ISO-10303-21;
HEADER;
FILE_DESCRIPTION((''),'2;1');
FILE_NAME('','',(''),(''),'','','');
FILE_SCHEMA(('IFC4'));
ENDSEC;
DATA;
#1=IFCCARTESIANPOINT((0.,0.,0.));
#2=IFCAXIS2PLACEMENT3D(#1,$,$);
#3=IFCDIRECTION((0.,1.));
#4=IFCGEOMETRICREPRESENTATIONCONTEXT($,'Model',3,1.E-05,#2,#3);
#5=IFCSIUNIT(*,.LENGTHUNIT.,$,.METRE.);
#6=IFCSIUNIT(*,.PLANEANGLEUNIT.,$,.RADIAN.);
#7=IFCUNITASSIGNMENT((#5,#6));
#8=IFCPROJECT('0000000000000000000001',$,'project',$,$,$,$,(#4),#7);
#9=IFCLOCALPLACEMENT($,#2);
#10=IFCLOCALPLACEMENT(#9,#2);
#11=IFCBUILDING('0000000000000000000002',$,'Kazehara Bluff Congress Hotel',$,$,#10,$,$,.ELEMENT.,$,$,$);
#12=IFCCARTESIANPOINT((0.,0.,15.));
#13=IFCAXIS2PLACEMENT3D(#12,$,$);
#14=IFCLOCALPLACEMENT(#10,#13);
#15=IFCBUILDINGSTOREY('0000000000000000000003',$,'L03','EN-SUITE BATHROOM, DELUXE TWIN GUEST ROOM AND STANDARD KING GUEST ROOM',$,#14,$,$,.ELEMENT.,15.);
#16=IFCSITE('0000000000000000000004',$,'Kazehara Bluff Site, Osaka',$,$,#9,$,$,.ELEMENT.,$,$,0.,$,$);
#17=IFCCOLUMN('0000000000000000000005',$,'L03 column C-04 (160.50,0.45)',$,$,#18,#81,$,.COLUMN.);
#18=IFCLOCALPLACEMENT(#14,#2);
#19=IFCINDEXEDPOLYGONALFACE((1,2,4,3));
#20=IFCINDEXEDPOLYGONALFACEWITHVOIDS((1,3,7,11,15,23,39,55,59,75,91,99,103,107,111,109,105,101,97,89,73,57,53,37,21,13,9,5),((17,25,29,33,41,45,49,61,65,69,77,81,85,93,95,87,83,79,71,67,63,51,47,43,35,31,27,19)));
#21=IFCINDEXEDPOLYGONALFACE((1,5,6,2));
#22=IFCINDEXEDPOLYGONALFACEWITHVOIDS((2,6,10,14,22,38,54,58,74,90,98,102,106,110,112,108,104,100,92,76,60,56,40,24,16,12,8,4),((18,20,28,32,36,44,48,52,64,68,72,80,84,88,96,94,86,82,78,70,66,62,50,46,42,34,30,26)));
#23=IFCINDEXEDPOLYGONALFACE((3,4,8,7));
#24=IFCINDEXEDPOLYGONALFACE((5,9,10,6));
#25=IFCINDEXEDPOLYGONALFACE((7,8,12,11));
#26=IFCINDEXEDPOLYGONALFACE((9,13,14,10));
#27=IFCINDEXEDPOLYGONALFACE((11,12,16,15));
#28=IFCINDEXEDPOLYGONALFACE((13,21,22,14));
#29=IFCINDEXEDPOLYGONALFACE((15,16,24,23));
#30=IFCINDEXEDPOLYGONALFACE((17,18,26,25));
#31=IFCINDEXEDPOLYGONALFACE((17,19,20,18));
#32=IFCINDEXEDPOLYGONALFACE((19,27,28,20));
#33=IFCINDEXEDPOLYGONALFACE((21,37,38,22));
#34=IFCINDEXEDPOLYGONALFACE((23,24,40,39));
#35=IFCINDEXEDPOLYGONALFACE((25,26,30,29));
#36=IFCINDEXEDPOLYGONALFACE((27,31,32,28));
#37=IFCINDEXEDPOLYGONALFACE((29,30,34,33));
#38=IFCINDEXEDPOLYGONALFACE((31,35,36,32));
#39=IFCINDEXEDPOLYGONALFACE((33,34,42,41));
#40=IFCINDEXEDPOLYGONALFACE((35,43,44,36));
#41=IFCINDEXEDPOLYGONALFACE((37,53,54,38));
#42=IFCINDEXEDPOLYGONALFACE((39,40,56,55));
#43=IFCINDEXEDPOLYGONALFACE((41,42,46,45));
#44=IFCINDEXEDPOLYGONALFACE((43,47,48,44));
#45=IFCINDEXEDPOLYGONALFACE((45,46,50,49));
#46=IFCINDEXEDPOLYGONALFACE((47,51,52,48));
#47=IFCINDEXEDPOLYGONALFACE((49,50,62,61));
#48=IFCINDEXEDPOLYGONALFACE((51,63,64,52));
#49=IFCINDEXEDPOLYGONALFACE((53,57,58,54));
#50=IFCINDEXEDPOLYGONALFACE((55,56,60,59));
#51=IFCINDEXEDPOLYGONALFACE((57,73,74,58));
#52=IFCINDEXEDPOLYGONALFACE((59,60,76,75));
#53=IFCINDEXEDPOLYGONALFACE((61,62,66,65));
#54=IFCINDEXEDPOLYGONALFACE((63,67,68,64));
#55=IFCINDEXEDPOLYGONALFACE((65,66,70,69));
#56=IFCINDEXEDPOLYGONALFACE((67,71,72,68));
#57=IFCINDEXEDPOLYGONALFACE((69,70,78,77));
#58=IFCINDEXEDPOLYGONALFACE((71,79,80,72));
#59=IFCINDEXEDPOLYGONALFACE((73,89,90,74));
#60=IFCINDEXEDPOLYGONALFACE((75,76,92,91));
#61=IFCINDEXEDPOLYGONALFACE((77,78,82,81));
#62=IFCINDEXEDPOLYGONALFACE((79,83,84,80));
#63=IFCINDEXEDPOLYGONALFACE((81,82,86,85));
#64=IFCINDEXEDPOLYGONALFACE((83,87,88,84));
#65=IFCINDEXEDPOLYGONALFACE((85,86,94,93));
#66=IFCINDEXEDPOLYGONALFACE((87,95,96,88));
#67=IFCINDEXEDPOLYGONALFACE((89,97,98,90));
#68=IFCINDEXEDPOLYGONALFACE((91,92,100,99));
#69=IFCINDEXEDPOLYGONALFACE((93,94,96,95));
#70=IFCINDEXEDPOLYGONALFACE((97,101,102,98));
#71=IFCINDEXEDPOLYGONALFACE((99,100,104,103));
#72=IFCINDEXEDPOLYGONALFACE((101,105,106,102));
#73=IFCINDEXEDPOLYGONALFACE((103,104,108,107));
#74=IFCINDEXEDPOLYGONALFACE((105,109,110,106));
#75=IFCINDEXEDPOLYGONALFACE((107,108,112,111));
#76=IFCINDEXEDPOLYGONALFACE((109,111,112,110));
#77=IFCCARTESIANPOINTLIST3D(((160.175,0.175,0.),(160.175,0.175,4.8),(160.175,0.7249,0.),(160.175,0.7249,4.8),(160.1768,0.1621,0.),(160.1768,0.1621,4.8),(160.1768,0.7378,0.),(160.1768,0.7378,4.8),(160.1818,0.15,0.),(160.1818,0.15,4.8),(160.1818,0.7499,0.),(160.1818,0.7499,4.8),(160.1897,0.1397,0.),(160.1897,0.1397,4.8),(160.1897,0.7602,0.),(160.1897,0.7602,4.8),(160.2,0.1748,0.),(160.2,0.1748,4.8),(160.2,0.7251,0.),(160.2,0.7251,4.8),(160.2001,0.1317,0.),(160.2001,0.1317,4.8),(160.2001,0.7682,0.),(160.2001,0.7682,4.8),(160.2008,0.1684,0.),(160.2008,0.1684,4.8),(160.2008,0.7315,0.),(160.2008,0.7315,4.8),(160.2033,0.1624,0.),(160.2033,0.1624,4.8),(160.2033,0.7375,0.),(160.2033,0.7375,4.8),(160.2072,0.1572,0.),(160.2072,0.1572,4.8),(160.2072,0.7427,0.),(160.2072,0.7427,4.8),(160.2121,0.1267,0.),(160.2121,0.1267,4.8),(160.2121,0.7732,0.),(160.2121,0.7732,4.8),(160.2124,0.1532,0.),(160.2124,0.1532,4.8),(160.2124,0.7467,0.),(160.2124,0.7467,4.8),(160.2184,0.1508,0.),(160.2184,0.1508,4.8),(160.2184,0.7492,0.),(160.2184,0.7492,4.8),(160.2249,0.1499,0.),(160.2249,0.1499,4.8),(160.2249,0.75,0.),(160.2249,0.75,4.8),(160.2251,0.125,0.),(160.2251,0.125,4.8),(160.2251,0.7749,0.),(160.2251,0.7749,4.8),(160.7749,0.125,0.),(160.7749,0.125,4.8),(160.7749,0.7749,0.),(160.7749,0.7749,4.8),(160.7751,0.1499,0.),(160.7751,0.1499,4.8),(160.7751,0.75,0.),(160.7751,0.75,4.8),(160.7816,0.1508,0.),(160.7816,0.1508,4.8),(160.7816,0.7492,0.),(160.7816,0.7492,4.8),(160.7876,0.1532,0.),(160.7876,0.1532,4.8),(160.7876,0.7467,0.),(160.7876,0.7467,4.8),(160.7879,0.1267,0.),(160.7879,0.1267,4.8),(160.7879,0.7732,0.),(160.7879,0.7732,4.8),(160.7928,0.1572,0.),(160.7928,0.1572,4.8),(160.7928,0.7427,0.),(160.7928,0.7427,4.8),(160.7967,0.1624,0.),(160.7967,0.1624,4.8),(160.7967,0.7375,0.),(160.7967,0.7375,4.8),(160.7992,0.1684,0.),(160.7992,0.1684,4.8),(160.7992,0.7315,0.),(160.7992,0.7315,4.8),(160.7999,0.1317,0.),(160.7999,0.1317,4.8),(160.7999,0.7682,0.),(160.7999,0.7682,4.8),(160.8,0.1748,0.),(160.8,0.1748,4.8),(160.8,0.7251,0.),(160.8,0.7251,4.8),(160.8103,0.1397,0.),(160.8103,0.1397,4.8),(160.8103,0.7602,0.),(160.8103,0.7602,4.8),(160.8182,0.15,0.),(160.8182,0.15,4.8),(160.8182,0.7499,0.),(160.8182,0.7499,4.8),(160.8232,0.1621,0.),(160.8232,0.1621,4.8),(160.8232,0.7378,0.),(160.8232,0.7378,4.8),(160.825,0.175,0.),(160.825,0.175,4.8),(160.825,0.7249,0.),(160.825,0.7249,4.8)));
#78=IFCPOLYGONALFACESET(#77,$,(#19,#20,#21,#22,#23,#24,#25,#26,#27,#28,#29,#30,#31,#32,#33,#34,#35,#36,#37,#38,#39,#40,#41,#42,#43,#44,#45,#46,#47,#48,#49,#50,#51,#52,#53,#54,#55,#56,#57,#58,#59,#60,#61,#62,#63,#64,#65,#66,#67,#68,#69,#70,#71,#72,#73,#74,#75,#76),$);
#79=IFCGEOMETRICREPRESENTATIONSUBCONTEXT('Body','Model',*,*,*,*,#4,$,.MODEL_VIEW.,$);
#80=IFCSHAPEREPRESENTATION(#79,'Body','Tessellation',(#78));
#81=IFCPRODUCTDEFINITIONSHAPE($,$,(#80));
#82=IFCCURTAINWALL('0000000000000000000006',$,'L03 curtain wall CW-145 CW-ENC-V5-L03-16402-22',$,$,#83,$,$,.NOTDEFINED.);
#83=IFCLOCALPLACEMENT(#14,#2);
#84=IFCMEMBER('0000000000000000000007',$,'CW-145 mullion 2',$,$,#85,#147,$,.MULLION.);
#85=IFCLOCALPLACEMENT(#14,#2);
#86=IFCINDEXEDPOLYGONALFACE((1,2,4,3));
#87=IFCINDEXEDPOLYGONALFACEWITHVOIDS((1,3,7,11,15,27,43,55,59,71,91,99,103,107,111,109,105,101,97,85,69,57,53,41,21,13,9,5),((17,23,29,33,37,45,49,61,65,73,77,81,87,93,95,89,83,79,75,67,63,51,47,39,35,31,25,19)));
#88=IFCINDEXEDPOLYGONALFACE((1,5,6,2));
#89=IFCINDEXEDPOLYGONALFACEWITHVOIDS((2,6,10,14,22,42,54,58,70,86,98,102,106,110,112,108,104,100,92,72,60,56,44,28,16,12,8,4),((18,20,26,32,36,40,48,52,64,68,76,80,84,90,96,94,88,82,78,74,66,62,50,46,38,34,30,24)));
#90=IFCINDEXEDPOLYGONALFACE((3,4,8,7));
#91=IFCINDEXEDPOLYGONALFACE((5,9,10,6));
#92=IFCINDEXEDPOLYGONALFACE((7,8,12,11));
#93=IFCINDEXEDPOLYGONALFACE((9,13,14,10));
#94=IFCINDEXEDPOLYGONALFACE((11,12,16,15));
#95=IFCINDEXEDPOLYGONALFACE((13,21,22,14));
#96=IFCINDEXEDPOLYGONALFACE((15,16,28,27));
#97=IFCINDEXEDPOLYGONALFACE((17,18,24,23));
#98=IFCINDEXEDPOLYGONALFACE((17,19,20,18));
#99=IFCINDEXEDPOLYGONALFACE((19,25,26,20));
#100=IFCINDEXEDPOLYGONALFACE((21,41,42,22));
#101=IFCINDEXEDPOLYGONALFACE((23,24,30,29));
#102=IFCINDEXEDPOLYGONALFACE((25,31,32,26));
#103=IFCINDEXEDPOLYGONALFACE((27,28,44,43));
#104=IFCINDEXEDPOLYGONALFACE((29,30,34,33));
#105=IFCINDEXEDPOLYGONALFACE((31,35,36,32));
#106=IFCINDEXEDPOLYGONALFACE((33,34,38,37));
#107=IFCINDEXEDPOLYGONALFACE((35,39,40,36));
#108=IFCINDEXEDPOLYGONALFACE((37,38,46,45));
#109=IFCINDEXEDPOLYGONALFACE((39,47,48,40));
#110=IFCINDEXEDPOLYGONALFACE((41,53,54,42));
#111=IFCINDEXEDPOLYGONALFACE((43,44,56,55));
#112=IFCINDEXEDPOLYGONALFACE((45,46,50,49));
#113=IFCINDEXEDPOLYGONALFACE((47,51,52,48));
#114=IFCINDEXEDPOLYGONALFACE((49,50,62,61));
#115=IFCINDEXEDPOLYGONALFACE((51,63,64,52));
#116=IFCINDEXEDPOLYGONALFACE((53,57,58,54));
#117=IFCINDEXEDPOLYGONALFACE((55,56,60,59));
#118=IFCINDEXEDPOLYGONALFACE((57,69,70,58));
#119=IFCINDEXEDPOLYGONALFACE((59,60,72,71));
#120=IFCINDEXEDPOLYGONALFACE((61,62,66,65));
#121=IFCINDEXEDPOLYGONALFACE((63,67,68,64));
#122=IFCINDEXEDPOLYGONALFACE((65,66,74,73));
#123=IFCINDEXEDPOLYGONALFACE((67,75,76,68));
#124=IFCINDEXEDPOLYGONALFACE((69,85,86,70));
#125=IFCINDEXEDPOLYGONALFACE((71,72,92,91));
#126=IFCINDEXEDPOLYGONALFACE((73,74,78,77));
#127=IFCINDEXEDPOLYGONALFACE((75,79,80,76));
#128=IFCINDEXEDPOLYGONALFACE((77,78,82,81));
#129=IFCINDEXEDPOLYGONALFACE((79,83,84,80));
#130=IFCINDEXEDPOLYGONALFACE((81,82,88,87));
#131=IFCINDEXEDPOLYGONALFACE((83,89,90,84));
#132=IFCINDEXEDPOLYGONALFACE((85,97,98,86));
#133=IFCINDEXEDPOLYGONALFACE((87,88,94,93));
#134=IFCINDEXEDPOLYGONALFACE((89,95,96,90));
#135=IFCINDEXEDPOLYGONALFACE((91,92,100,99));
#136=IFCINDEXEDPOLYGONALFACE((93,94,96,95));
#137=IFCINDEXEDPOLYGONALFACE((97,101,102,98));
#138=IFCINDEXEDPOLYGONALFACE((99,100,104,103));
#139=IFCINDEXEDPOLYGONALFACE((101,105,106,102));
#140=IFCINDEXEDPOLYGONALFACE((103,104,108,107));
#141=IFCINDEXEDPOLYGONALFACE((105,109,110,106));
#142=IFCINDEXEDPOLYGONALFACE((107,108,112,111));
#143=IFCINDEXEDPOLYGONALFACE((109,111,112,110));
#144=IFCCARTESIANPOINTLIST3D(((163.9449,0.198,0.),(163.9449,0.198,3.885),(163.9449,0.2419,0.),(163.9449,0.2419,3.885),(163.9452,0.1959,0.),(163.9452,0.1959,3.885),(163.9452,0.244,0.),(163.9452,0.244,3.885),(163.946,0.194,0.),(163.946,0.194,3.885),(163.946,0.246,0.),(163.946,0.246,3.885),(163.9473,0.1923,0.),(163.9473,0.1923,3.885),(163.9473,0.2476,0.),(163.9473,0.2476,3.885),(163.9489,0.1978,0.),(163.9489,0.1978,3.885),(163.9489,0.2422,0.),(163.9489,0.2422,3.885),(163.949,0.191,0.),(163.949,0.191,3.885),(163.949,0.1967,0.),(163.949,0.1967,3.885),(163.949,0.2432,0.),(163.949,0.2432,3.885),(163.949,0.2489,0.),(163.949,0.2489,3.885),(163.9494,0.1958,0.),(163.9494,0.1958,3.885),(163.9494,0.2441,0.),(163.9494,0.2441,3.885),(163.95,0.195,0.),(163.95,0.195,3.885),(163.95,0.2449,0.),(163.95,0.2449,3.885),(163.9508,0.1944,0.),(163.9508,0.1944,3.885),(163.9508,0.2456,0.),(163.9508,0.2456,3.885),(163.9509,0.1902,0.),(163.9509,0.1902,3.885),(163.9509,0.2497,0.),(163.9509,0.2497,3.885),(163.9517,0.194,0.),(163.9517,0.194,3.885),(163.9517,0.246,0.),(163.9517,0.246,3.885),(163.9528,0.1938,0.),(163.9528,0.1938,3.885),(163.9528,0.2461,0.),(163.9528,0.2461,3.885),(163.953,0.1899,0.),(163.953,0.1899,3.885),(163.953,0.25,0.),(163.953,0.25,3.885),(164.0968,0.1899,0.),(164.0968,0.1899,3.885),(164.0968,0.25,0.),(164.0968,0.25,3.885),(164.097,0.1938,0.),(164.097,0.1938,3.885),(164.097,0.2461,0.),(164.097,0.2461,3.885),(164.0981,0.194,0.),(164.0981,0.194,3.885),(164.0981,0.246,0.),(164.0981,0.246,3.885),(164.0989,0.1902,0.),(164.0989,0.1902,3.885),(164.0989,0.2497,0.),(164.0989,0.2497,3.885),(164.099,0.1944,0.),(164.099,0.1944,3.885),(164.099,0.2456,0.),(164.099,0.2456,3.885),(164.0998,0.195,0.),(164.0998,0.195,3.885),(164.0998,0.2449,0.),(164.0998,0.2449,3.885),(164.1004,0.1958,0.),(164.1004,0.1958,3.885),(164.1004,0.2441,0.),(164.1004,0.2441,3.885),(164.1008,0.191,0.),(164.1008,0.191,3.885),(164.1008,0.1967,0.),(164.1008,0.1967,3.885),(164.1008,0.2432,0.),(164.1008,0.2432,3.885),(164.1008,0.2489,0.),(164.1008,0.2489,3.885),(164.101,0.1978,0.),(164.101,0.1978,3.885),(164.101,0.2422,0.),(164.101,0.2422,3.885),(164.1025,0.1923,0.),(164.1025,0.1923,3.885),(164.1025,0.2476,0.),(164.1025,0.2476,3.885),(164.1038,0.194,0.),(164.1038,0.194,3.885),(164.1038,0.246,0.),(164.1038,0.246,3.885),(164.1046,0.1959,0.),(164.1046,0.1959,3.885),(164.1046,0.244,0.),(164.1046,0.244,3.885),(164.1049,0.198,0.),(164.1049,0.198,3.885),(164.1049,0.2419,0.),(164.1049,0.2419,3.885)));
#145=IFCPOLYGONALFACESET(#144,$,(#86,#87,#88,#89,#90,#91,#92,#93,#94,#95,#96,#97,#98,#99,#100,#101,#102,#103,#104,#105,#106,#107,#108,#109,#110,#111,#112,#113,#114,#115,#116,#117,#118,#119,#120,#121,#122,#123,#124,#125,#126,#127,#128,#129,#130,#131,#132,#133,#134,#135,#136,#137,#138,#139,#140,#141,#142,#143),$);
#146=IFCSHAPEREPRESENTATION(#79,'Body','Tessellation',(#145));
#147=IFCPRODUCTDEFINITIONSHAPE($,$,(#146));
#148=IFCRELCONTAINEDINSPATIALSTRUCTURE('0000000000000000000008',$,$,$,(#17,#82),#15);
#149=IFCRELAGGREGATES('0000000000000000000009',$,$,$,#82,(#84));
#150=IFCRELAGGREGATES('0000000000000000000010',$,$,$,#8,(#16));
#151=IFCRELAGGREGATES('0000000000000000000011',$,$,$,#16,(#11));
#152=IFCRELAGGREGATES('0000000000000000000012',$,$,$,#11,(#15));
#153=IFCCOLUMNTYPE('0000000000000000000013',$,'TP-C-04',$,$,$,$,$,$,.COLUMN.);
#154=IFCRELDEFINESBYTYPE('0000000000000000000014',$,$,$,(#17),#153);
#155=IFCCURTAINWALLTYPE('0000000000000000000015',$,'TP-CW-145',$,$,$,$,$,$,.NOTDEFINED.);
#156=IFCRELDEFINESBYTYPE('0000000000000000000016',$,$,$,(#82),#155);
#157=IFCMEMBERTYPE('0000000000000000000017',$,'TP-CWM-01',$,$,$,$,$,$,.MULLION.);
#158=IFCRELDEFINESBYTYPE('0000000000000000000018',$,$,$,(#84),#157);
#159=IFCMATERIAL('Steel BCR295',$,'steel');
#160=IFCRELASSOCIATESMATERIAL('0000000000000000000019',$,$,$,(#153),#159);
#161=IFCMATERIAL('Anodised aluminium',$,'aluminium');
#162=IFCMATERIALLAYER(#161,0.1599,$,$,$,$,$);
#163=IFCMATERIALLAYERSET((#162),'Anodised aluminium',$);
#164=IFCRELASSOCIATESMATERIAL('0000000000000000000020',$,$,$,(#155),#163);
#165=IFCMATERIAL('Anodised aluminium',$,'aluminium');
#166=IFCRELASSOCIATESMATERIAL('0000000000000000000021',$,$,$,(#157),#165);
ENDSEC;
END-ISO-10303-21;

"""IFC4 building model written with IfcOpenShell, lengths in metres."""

from ifc_helpers import new_model, si_unit, direction, frame, origin, origin_2d, place, context, subcontext, project, spatial, hollow_rectangle, extrude, material, layer, layer_set, material_profile, profile_set, type_object, element, aggregate, save


model = new_model("IFC4")

# Units and contexts
model_context = context("Model", 3, precision=1e-05, world=origin(), true_north=direction((0.0, 1.0)))
body_context = subcontext(model_context, "Body", "Model", "MODEL_VIEW")
ifc_project = project(units=[si_unit("LENGTHUNIT", "METRE"), si_unit("PLANEANGLEUNIT", "RADIAN")], contexts=[model_context])

# Site, building, storey
site_placement = place(None, origin())
site = spatial("IfcSite", under=ifc_project, at=site_placement, Name="Kazehara Bluff Site, Osaka", CompositionType="ELEMENT", RefElevation=0.0)
building_placement = place(site_placement, origin())
building = spatial("IfcBuilding", under=site, at=building_placement, Name="Kazehara Bluff Congress Hotel", CompositionType="ELEMENT")
storey_placement = place(building_placement, frame((0.0, 0.0, 15.0)))
storey = spatial("IfcBuildingStorey", under=building, at=storey_placement, Name="L03", Description="EN-SUITE BATHROOM, DELUXE TWIN GUEST ROOM AND STANDARD KING GUEST ROOM", CompositionType="ELEMENT", Elevation=15.0)

# Column
ifc_material_1 = material(Name="Steel BCR295", Category="steel")
ifc_material_profile_1 = material_profile(ifc_material_1, hollow_rectangle(XDim=0.6499, YDim=0.6499, WallThickness=0.0249, InnerFilletRadius=0.0249, OuterFilletRadius=0.05, at=origin_2d()))
ifc_profile_set_1 = profile_set([ifc_material_profile_1], Name="Steel BCR295")
column_type = type_object("IfcColumnType", Name="TP-C-04", PredefinedType="COLUMN", material=ifc_profile_set_1)
column_placement = place(storey_placement, frame((160.5, 0.45, 0.0), z_axis=(0.0, 0.0, 1.0), x_axis=(1.0, 0.0, 0.0)))
element("IfcColumn", 1, at=column_placement, inside=storey, type_object=column_type, Name="L03 column C-04 (160.50,0.45)", PredefinedType="COLUMN", context=body_context, shape_type="SweptSolid", body=[
    extrude(hollow_rectangle(XDim=0.6499, YDim=0.6499, WallThickness=0.0249, InnerFilletRadius=0.0249, OuterFilletRadius=0.05, at=origin_2d()), origin(), (0.0, 0.0, 1.0), 4.8),
])

# Curtain wall, member
ifc_material_2 = material(Name="Anodised aluminium", Category="aluminium")
ifc_layer_1 = layer(ifc_material_2, 0.1599)
ifc_layer_set_1 = layer_set([ifc_layer_1], Name="Anodised aluminium")
curtain_wall_type_1 = type_object("IfcCurtainWallType", Name="TP-CW-145", PredefinedType="NOTDEFINED", material=ifc_layer_set_1)
curtain_wall_1_placement = place(storey_placement, origin())
curtain_wall_1 = element("IfcCurtainWall", 2, at=curtain_wall_1_placement, inside=storey, type_object=curtain_wall_type_1, Name="L03 curtain wall CW-145 CW-ENC-V5-L03-16402-22", PredefinedType="NOTDEFINED")
ifc_material_3 = material(Name="Anodised aluminium", Category="aluminium")
ifc_material_profile_2 = material_profile(ifc_material_3, hollow_rectangle(XDim=0.0601, YDim=0.1599, WallThickness=0.0039, InnerFilletRadius=0.0039, OuterFilletRadius=0.0081, at=origin_2d()))
ifc_profile_set_2 = profile_set([ifc_material_profile_2], Name="Anodised aluminium")
member_type_1 = type_object("IfcMemberType", Name="TP-CWM-01", PredefinedType="MULLION", material=ifc_profile_set_2)
member_1_placement = place(storey_placement, frame((164.0249, 0.22, 0.0), z_axis=(0.0, 0.0, 1.0), x_axis=(0.0, -1.0, 0.0)))
member_1 = element("IfcMember", 3, at=member_1_placement, type_object=member_type_1, Name="CW-145 mullion 2", PredefinedType="MULLION", context=body_context, shape_type="SweptSolid", body=[
    extrude(hollow_rectangle(XDim=0.0601, YDim=0.1599, WallThickness=0.0039, InnerFilletRadius=0.0039, OuterFilletRadius=0.0081, at=origin_2d()), origin(), (0.0, 0.0, 1.0), 3.885),
])

aggregate(curtain_wall_1, [member_1])

save(model, "model.ifc")
